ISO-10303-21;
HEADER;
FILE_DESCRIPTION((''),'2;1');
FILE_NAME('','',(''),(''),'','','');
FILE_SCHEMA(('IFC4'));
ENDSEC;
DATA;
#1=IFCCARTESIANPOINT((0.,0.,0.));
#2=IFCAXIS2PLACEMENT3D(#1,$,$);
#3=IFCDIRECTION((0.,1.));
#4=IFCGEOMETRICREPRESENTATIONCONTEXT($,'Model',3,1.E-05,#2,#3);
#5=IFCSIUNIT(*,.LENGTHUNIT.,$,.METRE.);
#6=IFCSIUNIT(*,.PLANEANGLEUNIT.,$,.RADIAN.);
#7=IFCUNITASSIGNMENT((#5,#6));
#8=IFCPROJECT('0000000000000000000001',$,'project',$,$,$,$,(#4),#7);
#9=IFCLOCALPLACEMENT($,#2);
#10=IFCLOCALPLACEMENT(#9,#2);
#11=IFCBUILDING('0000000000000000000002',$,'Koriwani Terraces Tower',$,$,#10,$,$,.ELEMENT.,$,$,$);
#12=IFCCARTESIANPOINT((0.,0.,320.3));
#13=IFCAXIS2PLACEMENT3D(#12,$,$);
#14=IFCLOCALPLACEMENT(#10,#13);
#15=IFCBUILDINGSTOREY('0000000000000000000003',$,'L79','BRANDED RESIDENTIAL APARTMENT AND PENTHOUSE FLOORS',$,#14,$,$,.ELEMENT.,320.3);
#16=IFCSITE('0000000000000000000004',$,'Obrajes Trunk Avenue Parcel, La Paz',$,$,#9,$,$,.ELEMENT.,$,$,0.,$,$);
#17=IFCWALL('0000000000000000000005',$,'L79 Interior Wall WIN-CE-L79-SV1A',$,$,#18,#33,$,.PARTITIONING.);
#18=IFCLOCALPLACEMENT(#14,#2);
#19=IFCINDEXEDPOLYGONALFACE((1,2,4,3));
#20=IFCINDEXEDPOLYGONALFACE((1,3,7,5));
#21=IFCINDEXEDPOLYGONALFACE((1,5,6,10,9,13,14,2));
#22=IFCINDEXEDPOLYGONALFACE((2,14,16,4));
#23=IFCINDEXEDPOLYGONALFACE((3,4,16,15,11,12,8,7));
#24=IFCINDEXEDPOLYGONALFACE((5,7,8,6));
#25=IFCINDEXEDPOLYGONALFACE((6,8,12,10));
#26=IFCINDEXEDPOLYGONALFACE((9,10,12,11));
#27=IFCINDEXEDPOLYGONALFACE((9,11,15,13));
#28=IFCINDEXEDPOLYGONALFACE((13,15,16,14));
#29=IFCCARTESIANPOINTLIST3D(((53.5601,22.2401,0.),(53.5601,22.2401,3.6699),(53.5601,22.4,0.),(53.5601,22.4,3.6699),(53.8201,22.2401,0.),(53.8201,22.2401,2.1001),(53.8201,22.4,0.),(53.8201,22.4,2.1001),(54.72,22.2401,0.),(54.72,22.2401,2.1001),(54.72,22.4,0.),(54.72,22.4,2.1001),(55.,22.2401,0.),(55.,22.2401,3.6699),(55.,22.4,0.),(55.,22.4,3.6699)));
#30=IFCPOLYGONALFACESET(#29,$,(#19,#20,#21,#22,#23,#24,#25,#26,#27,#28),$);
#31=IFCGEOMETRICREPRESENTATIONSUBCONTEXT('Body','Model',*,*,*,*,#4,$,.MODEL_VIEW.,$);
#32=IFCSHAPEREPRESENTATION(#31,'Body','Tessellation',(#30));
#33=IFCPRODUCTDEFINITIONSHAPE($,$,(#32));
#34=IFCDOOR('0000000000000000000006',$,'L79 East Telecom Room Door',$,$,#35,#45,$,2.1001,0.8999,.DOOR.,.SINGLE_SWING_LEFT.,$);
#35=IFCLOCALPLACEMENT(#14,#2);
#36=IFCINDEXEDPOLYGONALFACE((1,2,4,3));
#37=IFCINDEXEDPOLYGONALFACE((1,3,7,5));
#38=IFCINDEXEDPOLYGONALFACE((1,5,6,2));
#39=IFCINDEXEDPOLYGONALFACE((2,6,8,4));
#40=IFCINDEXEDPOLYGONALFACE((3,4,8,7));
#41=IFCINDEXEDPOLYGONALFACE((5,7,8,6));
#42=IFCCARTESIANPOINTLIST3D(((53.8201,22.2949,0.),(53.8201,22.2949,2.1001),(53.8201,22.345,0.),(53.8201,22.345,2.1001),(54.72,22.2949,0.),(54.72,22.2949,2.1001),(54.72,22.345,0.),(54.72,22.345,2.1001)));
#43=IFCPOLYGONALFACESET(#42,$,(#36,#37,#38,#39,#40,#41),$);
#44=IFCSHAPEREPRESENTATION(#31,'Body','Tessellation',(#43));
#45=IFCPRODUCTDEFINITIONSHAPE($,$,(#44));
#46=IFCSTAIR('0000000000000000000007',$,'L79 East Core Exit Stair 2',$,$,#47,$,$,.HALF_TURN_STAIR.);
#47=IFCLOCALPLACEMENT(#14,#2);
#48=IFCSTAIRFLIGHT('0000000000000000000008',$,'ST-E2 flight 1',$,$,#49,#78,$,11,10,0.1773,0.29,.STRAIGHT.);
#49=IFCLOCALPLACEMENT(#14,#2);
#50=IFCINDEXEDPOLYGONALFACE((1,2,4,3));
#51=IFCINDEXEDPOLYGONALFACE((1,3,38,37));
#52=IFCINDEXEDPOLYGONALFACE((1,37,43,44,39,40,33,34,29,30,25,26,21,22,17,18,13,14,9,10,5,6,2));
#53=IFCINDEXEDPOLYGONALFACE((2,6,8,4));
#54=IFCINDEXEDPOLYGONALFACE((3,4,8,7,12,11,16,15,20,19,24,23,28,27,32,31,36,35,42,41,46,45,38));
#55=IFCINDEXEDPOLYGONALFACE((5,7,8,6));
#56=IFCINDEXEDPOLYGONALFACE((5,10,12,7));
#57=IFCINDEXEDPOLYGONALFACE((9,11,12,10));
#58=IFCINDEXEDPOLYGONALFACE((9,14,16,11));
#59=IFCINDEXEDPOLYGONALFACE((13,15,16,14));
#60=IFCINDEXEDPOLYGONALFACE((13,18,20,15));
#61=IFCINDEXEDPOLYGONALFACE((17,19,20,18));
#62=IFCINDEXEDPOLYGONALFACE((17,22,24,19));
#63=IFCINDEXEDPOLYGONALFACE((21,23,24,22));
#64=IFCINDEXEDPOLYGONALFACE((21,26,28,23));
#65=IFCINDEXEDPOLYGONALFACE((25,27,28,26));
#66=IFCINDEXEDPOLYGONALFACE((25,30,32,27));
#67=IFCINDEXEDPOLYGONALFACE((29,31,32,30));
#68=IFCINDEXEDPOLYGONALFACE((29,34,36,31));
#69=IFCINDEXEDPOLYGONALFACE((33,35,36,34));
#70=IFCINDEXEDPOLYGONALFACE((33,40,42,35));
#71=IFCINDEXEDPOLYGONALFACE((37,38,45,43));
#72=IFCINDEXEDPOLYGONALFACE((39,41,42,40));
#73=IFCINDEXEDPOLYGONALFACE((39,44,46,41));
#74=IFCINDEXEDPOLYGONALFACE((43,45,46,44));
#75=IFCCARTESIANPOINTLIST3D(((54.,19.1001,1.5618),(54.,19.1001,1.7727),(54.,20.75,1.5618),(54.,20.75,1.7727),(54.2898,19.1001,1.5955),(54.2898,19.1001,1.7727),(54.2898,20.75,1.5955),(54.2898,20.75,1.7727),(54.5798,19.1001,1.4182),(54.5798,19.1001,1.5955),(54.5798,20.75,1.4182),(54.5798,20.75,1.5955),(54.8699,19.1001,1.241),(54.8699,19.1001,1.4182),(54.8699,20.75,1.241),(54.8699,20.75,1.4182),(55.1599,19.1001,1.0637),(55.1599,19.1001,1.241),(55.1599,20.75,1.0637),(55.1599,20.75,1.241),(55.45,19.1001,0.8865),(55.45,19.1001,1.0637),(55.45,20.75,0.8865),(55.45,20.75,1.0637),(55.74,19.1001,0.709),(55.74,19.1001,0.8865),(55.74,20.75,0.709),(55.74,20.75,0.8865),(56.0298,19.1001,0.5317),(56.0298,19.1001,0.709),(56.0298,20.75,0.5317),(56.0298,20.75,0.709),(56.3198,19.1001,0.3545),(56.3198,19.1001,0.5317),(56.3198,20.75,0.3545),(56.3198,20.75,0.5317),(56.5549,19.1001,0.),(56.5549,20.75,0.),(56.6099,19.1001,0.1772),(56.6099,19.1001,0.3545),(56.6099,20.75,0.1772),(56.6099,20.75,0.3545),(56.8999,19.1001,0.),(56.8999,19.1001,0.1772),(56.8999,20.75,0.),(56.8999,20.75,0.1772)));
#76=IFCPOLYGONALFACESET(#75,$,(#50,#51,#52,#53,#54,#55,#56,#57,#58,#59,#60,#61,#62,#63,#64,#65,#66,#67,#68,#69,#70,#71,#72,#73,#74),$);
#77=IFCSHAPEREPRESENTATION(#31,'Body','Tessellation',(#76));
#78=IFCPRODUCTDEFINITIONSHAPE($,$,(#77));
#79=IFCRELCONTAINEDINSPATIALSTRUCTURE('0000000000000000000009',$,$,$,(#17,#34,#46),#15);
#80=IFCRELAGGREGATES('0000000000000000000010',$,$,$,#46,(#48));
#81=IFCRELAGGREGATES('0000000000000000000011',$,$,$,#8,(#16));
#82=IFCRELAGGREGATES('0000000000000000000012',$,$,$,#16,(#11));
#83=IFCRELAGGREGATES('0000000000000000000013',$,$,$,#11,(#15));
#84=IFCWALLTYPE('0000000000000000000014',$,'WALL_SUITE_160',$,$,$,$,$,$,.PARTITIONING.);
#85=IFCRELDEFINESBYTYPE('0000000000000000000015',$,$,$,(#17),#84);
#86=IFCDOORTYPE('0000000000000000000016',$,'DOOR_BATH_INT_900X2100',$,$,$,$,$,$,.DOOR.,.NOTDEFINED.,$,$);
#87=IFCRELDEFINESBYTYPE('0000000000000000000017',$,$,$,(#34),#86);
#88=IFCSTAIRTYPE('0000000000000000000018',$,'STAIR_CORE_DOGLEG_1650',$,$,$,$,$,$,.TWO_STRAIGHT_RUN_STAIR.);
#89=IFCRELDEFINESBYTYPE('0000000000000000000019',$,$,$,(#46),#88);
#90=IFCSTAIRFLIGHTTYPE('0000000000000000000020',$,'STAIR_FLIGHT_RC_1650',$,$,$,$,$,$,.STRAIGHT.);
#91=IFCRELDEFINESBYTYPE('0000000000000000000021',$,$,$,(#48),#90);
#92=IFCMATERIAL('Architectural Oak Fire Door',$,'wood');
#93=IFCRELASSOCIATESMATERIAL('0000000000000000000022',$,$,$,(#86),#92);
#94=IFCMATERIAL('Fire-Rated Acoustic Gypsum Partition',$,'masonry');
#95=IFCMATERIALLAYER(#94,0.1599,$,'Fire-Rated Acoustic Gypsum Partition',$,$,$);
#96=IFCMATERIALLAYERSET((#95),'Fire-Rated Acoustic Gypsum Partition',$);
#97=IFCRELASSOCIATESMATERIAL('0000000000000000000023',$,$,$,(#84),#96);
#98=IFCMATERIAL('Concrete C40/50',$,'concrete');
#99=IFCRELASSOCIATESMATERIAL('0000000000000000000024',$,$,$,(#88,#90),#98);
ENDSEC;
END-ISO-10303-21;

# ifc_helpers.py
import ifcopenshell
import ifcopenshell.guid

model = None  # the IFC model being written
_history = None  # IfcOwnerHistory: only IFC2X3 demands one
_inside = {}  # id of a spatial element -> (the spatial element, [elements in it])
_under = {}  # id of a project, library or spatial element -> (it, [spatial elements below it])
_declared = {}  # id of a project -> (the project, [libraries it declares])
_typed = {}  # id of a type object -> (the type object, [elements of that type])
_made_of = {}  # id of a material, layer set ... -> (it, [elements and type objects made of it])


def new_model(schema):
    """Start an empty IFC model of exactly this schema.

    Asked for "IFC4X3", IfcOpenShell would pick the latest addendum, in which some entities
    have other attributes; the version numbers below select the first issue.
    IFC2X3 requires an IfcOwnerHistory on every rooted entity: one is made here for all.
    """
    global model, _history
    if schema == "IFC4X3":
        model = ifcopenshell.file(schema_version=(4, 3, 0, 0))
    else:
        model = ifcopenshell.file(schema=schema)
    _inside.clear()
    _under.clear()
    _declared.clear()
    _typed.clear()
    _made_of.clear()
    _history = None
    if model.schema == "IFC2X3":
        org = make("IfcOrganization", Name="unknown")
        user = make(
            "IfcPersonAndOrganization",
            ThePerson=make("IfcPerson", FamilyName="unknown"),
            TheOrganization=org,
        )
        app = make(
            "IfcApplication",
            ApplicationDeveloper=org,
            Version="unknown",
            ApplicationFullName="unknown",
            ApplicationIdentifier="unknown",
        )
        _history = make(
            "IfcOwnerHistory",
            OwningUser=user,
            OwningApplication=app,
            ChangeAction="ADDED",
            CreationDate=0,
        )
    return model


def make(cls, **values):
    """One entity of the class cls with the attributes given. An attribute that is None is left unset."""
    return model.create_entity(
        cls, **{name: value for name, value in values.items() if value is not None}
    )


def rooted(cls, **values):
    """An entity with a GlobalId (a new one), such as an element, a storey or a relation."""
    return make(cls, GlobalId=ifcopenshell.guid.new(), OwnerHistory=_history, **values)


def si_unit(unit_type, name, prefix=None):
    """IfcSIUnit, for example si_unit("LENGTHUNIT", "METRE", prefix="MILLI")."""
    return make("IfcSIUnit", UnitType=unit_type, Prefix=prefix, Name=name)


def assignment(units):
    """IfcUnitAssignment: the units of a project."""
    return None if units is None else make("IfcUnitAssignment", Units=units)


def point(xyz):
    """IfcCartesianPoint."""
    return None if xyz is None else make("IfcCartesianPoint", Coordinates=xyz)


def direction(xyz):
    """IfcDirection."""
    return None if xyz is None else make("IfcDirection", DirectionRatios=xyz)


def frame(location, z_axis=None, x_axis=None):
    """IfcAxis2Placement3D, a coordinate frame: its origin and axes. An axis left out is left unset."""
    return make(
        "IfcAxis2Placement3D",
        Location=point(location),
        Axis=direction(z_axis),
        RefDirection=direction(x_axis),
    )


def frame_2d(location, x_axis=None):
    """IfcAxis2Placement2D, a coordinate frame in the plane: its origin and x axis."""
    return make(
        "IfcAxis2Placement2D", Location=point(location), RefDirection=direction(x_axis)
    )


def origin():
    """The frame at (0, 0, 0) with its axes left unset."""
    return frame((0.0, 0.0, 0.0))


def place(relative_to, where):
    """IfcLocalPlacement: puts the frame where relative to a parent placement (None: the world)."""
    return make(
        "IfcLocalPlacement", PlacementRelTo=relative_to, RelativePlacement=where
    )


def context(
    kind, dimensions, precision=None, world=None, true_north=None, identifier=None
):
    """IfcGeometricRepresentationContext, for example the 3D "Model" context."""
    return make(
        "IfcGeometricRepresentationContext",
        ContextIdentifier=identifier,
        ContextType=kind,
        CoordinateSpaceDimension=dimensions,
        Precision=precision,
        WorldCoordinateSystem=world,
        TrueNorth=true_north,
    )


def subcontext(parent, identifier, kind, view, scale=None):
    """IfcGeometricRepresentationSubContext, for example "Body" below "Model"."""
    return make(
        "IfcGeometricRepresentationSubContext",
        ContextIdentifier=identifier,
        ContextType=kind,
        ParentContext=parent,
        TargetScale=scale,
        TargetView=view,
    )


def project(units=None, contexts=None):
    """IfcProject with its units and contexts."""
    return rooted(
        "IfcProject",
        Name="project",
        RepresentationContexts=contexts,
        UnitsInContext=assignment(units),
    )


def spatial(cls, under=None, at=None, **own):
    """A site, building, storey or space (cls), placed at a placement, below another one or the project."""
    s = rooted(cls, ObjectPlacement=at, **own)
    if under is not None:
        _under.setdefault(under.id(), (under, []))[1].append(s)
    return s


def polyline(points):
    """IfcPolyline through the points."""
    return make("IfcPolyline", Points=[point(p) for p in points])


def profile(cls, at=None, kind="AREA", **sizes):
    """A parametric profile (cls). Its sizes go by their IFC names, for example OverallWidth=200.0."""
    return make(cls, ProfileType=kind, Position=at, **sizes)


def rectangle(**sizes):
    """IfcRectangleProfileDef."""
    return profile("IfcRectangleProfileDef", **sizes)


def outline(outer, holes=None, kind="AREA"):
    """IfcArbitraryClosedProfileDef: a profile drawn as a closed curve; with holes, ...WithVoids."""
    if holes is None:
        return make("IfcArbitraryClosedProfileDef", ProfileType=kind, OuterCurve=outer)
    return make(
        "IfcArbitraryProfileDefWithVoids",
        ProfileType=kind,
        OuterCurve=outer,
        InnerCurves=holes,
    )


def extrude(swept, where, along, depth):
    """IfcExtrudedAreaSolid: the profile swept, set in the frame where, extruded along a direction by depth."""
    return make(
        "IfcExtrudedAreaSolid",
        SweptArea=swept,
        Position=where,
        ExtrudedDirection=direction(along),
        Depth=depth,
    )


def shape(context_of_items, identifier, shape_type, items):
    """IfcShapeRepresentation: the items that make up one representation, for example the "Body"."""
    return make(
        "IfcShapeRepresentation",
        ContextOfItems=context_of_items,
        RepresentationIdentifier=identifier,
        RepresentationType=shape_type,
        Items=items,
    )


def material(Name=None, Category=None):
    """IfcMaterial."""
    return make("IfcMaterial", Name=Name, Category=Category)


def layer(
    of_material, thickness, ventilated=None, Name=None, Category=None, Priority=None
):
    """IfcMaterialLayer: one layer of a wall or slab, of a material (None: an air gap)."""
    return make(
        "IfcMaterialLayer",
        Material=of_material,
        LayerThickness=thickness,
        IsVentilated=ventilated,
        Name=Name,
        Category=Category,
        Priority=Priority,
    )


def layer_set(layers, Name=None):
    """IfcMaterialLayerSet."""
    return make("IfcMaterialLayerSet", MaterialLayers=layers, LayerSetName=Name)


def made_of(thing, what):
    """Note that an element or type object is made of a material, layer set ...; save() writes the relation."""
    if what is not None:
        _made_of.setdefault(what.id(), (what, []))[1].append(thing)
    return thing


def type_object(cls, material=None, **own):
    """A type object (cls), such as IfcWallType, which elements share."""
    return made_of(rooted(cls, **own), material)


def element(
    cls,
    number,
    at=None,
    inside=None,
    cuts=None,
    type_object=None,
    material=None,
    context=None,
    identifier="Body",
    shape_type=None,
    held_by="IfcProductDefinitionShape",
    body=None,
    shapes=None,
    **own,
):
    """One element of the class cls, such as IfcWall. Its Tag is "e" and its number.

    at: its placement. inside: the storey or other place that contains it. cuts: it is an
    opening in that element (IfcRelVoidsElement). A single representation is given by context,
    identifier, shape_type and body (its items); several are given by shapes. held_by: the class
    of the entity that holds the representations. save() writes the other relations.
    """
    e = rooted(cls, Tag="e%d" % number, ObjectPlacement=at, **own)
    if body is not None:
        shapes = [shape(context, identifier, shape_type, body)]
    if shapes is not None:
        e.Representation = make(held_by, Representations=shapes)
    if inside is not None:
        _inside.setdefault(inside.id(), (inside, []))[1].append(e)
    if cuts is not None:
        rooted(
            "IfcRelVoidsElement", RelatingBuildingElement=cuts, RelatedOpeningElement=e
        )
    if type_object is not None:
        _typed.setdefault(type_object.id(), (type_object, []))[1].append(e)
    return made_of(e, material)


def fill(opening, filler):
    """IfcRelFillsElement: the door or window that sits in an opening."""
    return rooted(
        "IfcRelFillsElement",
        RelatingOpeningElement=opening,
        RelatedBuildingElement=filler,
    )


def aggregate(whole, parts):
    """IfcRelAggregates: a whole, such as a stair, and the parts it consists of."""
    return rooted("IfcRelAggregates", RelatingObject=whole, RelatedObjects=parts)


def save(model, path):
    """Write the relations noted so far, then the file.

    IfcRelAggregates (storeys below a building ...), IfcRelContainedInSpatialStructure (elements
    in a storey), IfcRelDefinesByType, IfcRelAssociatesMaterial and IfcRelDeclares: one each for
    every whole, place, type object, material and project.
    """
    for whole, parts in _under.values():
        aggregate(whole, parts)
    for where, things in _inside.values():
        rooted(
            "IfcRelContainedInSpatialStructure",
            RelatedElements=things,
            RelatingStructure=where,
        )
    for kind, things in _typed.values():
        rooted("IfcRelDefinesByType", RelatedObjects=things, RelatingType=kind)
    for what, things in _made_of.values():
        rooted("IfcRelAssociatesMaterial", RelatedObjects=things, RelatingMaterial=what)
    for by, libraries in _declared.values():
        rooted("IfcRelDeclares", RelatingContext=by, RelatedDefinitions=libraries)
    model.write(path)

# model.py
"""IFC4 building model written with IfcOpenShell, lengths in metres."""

from ifc_helpers import new_model, si_unit, direction, frame, frame_2d, origin, place, context, subcontext, project, spatial, polyline, rectangle, outline, extrude, material, layer, layer_set, type_object, element, fill, aggregate, save


model = new_model("IFC4")

# Units and contexts
model_context = context("Model", 3, precision=1e-05, world=origin(), true_north=direction((0.0, 1.0)))
body_context = subcontext(model_context, "Body", "Model", "MODEL_VIEW")
ifc_project = project(units=[si_unit("LENGTHUNIT", "METRE"), si_unit("PLANEANGLEUNIT", "RADIAN")], contexts=[model_context])

# Site, building, storey
site_placement = place(None, origin())
site = spatial("IfcSite", under=ifc_project, at=site_placement, Name="Obrajes Trunk Avenue Parcel, La Paz", CompositionType="ELEMENT", RefElevation=0.0)
building_placement = place(site_placement, origin())
building = spatial("IfcBuilding", under=site, at=building_placement, Name="Koriwani Terraces Tower", CompositionType="ELEMENT")
storey_placement = place(building_placement, frame((0.0, 0.0, 320.3)))
storey = spatial("IfcBuildingStorey", under=building, at=storey_placement, Name="L79", Description="BRANDED RESIDENTIAL APARTMENT AND PENTHOUSE FLOORS", CompositionType="ELEMENT", Elevation=320.3)

# Shared definitions
ifc_material_1 = material(Name="Concrete C40/50", Category="concrete")

# Shared definitions
ifc_material_2 = material(Name="Fire-Rated Acoustic Gypsum Partition", Category="masonry")
ifc_material_3 = material(Name="Architectural Oak Fire Door", Category="wood")
door_type_1 = type_object("IfcDoorType", Name="DOOR_BATH_INT_900X2100", OperationType="NOTDEFINED", PredefinedType="DOOR", material=ifc_material_3)

# Wall, opening, door
ifc_layer_1 = layer(ifc_material_2, 0.1599, Name="Fire-Rated Acoustic Gypsum Partition")
ifc_layer_set_1 = layer_set([ifc_layer_1], Name="Fire-Rated Acoustic Gypsum Partition")
wall_type_1 = type_object("IfcWallType", Name="WALL_SUITE_160", PredefinedType="PARTITIONING", material=ifc_layer_set_1)
wall_1_placement = place(storey_placement, frame((53.5601, 22.3201, 0.0), z_axis=(0.0, 0.0, 1.0), x_axis=(1.0, 0.0, 0.0)))
wall_1 = element("IfcWall", 1, at=wall_1_placement, inside=storey, type_object=wall_type_1, Name="L79 Interior Wall WIN-CE-L79-SV1A", PredefinedType="PARTITIONING", context=body_context, shape_type="SweptSolid", body=[
    extrude(rectangle(XDim=1.4399, YDim=0.1599, at=frame_2d((0.72, 0.0))), origin(), (0.0, 0.0, 1.0), 3.6699),
])
opening_1_placement = place(wall_1_placement, frame((0.26, 0.0, 0.0)))
opening_1 = element("IfcOpeningElement", 2, at=opening_1_placement, cuts=wall_1, PredefinedType="OPENING", context=body_context, shape_type="SweptSolid", body=[
    extrude(rectangle(XDim=0.8999, YDim=2.1001, at=frame_2d((0.45, 1.05))), frame((0.0, 0.0898, 0.0), z_axis=(0.0, -1.0, 0.0), x_axis=(1.0, 0.0, 0.0)), (0.0, 0.0, 1.0), 0.1799),
])
door_1_placement = place(opening_1_placement, origin())
door_1 = element("IfcDoor", 3, at=door_1_placement, inside=storey, type_object=door_type_1, Name="L79 East Telecom Room Door", OperationType="SINGLE_SWING_LEFT", OverallHeight=2.1001, OverallWidth=0.8999, PredefinedType="DOOR", context=body_context, shape_type="SweptSolid", body=[
    extrude(rectangle(XDim=0.8999, YDim=2.1001, at=frame_2d((0.45, 1.05))), frame((0.0, 0.0249, 0.0), z_axis=(0.0, -1.0, 0.0), x_axis=(1.0, 0.0, 0.0)), (0.0, 0.0, 1.0), 0.05),
])
fill(opening_1, door_1)

# Stair, stair flight
stair_type = type_object("IfcStairType", Name="STAIR_CORE_DOGLEG_1650", PredefinedType="TWO_STRAIGHT_RUN_STAIR", material=ifc_material_1)
stair_placement = place(storey_placement, origin())
stair = element("IfcStair", 4, at=stair_placement, inside=storey, type_object=stair_type, Name="L79 East Core Exit Stair 2", PredefinedType="HALF_TURN_STAIR")
stair_flight_type = type_object("IfcStairFlightType", Name="STAIR_FLIGHT_RC_1650", PredefinedType="STRAIGHT", material=ifc_material_1)
stair_flight_placement = place(storey_placement, frame((56.8999, 19.925, 0.0), z_axis=(0.0, 0.0, 1.0), x_axis=(-1.0, 0.0, 0.0)))
stair_flight = element("IfcStairFlight", 5, at=stair_flight_placement, type_object=stair_flight_type, Name="ST-E2 flight 1", NumberOfRisers=11, NumberOfTreads=10, PredefinedType="STRAIGHT", RiserHeight=0.1773, TreadLength=0.29, context=body_context, shape_type="SweptSolid", body=[
    extrude(outline(polyline([(0.0, 0.0), (0.0, 0.1772), (0.29, 0.1772), (0.29, 0.3545), (0.5801, 0.3545), (0.5801, 0.5317), (0.8701, 0.5317), (0.8701, 0.709), (1.1599, 0.709), (1.1599, 0.8865), (1.45, 0.8865), (1.45, 1.0637), (1.74, 1.0637), (1.74, 1.241), (2.03, 1.241), (2.03, 1.4182), (2.3201, 1.4182), (2.3201, 1.5955), (2.6101, 1.5955), (2.6101, 1.7727), (2.8999, 1.7727), (2.8999, 1.95), (2.8999, 1.5618), (0.345, 0.0), (0.0, 0.0)])), frame((0.0, 0.825, 0.0), z_axis=(0.0, -1.0, 0.0), x_axis=(1.0, 0.0, 0.0)), (0.0, 0.0, 1.0), 1.6499),
])
aggregate(stair, [stair_flight])

save(model, "model.ifc")
